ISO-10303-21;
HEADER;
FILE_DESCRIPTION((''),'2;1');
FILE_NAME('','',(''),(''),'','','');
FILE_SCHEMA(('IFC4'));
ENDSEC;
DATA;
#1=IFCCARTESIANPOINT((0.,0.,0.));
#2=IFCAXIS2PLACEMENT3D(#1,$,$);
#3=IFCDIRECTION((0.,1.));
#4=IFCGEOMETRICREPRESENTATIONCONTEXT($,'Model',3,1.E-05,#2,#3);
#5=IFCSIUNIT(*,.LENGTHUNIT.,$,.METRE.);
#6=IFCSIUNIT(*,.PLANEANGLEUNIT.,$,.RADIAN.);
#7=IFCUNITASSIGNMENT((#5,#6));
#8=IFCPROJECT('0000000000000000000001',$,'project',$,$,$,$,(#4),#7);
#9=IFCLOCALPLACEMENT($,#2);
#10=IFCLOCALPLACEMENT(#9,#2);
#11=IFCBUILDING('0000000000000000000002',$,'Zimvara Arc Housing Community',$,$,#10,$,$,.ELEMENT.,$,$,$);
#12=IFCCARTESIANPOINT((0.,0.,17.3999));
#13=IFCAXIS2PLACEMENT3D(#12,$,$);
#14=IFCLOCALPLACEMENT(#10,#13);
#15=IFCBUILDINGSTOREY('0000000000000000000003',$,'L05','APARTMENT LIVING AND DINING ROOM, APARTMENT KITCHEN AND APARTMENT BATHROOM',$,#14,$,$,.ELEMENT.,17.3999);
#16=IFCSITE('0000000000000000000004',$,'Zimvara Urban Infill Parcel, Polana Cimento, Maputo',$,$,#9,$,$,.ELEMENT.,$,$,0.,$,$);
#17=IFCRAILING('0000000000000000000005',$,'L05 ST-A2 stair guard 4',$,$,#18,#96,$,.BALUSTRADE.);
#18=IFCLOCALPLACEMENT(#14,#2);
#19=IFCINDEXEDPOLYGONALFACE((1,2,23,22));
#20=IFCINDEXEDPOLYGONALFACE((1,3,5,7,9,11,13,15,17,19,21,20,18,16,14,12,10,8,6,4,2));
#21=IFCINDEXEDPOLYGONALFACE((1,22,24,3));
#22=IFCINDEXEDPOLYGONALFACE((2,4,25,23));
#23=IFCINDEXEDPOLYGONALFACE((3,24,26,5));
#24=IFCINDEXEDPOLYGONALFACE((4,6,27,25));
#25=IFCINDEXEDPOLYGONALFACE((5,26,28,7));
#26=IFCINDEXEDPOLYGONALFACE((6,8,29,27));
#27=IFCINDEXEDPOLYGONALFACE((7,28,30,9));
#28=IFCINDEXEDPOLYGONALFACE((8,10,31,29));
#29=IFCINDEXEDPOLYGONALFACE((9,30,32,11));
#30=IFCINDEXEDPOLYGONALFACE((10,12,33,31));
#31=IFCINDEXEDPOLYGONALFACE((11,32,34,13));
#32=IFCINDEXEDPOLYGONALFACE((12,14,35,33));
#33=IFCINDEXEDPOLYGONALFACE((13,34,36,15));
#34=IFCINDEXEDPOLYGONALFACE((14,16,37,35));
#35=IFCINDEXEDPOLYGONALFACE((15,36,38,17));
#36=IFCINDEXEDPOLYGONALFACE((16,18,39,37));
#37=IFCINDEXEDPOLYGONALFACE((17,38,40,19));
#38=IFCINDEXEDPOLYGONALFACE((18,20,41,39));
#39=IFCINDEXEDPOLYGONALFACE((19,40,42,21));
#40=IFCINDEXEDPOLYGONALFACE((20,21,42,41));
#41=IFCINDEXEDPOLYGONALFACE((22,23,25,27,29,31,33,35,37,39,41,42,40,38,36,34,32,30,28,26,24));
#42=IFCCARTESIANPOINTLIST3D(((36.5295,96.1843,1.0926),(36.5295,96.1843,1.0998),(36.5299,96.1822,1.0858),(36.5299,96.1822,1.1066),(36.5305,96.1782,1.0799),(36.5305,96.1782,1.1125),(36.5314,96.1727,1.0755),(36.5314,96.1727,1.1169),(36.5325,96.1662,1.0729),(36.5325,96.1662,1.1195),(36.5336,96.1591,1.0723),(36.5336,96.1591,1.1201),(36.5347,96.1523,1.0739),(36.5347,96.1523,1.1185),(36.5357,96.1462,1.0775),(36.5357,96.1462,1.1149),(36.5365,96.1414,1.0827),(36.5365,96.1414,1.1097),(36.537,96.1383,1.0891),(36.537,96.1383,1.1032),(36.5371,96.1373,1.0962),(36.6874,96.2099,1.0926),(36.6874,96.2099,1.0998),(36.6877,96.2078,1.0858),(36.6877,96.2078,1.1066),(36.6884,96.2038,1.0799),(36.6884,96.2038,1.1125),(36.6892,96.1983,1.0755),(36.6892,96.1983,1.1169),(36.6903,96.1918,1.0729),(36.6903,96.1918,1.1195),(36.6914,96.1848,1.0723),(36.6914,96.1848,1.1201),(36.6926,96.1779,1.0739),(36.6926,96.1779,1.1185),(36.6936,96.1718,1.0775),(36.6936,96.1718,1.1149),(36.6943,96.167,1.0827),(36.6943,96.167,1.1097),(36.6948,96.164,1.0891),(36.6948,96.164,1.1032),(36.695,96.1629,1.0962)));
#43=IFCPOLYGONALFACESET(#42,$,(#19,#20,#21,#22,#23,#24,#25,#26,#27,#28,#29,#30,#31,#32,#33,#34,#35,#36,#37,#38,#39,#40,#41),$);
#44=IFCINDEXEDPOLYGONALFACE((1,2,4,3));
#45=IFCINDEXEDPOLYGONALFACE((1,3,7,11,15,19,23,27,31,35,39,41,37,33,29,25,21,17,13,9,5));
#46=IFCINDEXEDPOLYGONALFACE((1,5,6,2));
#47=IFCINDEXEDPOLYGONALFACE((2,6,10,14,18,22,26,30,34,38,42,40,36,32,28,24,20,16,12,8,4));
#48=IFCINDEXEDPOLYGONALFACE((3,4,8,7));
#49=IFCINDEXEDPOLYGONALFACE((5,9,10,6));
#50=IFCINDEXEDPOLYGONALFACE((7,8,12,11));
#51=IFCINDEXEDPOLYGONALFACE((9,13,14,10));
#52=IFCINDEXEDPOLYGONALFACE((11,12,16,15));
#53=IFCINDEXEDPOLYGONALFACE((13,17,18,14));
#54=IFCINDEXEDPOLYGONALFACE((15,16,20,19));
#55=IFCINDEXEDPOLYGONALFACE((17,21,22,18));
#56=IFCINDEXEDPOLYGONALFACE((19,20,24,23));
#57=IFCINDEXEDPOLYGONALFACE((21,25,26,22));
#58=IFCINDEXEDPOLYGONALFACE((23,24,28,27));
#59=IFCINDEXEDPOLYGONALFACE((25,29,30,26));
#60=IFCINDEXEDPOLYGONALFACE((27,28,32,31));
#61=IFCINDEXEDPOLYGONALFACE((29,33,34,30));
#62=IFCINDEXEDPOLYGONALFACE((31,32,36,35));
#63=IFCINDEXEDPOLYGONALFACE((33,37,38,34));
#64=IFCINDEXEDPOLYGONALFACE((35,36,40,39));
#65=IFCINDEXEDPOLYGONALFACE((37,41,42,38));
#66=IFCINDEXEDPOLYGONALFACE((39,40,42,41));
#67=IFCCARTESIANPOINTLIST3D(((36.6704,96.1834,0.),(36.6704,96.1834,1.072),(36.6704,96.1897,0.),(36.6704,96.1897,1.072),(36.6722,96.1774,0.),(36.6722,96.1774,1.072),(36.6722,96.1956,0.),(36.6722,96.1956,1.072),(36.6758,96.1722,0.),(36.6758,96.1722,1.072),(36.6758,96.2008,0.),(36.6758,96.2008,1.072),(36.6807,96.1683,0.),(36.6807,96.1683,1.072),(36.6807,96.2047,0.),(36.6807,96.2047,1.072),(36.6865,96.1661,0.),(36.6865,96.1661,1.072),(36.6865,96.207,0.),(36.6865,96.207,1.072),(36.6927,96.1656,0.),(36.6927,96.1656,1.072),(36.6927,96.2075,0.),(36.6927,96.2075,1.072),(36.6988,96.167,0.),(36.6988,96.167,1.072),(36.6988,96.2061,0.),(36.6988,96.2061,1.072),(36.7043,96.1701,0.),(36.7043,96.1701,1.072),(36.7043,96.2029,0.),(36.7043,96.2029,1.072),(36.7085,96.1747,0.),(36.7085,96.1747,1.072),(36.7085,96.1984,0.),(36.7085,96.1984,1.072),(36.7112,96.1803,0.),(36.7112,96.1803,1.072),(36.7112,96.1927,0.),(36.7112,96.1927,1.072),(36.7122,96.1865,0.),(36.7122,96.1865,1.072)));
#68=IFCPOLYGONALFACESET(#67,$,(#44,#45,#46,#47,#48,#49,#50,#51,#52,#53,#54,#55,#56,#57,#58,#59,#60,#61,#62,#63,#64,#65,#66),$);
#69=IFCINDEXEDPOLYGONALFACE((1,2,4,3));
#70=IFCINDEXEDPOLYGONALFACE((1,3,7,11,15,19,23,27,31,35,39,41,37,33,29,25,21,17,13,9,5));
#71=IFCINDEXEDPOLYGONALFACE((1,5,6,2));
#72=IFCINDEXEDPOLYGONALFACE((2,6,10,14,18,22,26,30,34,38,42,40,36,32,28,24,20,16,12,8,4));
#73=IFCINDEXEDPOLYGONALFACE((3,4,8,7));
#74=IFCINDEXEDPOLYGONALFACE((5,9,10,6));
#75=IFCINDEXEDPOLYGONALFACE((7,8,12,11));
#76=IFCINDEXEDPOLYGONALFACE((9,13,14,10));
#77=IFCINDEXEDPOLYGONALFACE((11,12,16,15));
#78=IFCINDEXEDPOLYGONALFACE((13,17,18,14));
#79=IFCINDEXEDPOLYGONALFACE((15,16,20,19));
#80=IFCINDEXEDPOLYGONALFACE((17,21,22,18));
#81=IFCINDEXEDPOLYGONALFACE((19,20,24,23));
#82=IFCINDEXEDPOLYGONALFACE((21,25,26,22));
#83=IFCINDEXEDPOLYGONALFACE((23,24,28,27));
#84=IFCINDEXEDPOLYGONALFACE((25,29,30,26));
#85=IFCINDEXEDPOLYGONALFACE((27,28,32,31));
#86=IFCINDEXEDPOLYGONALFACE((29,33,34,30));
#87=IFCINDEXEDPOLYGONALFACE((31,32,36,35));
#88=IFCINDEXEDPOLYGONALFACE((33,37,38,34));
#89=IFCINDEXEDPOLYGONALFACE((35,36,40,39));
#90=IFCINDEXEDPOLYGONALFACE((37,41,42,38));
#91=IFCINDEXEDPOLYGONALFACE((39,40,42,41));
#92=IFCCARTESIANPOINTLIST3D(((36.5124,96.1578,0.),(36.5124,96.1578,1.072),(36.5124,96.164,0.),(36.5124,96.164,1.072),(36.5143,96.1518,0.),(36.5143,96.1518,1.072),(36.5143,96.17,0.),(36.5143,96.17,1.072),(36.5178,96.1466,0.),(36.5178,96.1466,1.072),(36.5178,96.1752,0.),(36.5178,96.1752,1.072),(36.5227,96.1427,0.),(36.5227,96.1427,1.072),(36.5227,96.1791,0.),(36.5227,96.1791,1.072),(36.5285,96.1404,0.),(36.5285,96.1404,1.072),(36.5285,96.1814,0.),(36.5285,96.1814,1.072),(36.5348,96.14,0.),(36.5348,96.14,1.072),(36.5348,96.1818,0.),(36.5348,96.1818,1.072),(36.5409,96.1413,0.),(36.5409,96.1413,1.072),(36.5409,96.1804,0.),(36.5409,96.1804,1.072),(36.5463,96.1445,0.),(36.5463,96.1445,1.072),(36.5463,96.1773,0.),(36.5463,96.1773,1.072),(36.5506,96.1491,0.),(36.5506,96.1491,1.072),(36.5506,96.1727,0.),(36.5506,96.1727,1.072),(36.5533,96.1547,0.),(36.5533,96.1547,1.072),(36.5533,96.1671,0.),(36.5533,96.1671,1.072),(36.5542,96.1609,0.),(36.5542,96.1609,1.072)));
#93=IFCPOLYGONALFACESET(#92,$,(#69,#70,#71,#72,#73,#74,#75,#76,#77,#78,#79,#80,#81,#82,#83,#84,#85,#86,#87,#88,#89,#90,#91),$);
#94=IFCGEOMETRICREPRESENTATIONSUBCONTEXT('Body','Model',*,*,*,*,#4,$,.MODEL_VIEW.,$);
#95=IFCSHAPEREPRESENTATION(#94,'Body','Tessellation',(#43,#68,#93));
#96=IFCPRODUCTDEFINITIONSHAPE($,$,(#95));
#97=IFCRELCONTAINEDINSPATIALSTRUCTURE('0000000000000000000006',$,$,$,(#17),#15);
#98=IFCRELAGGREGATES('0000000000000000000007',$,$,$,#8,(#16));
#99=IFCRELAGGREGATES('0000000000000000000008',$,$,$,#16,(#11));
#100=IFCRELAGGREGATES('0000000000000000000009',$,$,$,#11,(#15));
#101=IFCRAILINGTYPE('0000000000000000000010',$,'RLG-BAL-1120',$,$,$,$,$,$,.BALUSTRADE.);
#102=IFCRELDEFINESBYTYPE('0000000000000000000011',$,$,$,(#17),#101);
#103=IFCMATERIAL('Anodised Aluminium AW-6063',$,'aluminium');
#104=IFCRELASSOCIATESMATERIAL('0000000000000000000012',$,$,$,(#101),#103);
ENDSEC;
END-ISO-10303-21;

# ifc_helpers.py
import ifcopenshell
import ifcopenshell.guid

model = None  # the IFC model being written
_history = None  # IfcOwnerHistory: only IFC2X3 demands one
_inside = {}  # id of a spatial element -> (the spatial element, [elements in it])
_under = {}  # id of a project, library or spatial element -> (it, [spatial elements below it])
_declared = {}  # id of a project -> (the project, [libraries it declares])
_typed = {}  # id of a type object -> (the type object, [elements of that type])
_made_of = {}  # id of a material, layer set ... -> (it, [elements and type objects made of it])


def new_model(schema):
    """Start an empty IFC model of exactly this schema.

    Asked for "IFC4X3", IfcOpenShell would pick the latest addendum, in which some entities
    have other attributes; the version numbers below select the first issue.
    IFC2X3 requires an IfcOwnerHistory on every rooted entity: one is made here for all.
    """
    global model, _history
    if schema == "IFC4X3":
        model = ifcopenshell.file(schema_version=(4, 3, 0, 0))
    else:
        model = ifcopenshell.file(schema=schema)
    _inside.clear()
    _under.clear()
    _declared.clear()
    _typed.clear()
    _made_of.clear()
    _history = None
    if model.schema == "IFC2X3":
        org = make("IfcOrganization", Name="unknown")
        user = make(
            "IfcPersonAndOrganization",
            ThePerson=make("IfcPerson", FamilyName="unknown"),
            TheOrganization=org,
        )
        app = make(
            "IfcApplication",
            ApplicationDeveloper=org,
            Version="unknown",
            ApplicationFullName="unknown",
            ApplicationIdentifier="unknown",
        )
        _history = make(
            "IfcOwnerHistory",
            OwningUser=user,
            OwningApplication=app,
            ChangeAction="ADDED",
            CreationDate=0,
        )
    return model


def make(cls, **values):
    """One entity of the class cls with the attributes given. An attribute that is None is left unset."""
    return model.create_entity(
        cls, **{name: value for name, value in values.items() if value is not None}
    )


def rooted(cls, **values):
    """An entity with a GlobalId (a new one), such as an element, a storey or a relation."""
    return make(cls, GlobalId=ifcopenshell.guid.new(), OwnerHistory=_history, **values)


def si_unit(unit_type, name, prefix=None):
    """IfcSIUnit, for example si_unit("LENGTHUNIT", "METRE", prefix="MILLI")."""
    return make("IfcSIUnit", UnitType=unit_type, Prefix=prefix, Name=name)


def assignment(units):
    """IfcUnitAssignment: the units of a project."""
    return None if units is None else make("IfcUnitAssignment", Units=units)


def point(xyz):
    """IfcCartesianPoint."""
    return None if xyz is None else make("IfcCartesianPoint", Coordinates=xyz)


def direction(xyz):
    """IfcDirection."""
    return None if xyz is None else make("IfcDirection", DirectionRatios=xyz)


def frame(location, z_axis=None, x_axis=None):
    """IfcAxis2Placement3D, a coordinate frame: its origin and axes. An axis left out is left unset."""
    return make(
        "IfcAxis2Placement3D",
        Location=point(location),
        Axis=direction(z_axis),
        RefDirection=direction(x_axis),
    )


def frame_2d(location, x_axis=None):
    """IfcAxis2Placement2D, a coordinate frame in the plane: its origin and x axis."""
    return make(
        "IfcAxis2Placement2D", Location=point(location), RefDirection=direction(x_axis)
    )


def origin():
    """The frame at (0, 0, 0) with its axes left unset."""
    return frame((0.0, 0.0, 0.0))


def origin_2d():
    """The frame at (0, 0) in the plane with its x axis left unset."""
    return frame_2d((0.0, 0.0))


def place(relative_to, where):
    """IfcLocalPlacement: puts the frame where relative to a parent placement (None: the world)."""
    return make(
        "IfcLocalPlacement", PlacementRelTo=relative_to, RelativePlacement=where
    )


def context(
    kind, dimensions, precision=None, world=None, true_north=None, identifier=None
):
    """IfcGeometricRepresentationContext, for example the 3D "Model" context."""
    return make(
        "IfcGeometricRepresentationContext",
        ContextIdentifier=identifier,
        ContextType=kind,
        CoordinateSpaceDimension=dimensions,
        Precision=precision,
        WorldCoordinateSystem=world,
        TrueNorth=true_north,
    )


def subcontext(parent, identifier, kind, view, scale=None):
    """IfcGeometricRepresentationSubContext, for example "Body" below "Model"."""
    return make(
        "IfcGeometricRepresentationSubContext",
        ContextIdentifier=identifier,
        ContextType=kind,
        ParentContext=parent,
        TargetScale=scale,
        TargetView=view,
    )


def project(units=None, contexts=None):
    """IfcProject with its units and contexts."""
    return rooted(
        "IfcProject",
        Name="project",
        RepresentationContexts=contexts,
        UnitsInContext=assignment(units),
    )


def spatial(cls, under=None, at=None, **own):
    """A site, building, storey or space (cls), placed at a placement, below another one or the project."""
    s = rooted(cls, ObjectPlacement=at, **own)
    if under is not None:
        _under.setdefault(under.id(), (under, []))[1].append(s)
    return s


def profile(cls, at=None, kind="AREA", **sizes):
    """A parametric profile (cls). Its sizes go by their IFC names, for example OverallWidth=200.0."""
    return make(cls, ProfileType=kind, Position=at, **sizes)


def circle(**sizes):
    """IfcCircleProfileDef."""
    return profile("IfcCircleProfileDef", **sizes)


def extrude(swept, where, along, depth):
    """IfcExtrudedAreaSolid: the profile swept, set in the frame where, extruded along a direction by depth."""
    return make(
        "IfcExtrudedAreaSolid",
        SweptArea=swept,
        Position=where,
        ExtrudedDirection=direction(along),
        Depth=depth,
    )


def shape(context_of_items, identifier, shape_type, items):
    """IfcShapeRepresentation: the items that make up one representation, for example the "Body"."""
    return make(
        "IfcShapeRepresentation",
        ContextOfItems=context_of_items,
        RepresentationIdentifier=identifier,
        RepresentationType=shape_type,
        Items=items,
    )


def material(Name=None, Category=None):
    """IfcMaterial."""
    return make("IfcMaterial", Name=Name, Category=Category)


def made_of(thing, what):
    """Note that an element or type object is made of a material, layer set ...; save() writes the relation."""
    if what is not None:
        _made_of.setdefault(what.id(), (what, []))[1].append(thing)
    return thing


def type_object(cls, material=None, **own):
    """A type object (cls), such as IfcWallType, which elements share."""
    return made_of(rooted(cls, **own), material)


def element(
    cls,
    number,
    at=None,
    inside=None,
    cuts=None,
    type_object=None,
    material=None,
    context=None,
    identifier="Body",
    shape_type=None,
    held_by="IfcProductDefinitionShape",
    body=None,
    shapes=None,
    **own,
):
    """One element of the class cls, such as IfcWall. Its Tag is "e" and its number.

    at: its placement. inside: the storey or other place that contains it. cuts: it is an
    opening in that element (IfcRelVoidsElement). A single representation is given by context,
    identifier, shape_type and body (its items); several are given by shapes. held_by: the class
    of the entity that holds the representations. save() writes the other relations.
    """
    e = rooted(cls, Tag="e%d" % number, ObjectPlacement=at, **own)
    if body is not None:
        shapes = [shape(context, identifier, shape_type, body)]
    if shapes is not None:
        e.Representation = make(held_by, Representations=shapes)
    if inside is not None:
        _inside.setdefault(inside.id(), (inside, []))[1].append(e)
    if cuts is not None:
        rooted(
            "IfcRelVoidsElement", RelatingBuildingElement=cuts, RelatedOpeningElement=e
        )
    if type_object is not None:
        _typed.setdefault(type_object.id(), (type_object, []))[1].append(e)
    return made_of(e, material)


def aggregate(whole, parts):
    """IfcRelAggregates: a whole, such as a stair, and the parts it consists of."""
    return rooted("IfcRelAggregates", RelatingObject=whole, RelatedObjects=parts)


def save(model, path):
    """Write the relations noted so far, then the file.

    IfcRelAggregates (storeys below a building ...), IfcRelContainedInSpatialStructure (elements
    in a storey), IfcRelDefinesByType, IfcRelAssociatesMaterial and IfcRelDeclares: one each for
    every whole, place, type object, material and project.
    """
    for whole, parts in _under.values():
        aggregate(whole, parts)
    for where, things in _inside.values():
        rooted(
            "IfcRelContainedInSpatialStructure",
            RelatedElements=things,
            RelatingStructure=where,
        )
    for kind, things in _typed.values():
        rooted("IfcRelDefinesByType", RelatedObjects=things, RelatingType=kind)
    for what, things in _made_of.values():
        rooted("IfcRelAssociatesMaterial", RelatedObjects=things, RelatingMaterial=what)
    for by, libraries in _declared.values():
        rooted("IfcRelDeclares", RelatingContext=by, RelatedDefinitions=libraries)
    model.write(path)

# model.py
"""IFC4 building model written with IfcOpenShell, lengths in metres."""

from ifc_helpers import new_model, si_unit, direction, frame, origin, origin_2d, place, context, subcontext, project, spatial, circle, extrude, material, type_object, element, save


model = new_model("IFC4")

# Units and contexts
model_context = context("Model", 3, precision=1e-05, world=origin(), true_north=direction((0.0, 1.0)))
body_context = subcontext(model_context, "Body", "Model", "MODEL_VIEW")
ifc_project = project(units=[si_unit("LENGTHUNIT", "METRE"), si_unit("PLANEANGLEUNIT", "RADIAN")], contexts=[model_context])

# Site, building, storey
site_placement = place(None, origin())
site = spatial("IfcSite", under=ifc_project, at=site_placement, Name="Zimvara Urban Infill Parcel, Polana Cimento, Maputo", CompositionType="ELEMENT", RefElevation=0.0)
building_placement = place(site_placement, origin())
building = spatial("IfcBuilding", under=site, at=building_placement, Name="Zimvara Arc Housing Community", CompositionType="ELEMENT")
storey_placement = place(building_placement, frame((0.0, 0.0, 17.3999)))
storey = spatial("IfcBuildingStorey", under=building, at=storey_placement, Name="L05", Description="APARTMENT LIVING AND DINING ROOM, APARTMENT KITCHEN AND APARTMENT BATHROOM", CompositionType="ELEMENT", Elevation=17.3999)

# Railing
ifc_material_1 = material(Name="Anodised Aluminium AW-6063", Category="aluminium")
railing_type_1 = type_object("IfcRailingType", Name="RLG-BAL-1120", PredefinedType="BALUSTRADE", material=ifc_material_1)
railing_1_placement = place(storey_placement, frame((36.6912, 96.1865, 0.0)))
element("IfcRailing", 1, at=railing_1_placement, inside=storey, type_object=railing_type_1, Name="L05 ST-A2 stair guard 4", PredefinedType="BALUSTRADE", context=body_context, shape_type="SweptSolid", body=[
    extrude(circle(Radius=0.0239, at=origin_2d()), frame((0.0, 0.0, 1.0962), z_axis=(-0.987086, -0.160192, 0.0), x_axis=(0.160192, -0.987086, 0.0)), (0.0, 0.0, 1.0), 0.1599),
    extrude(circle(Radius=0.021, at=origin_2d()), origin(), (0.0, 0.0, 1.0), 1.072),
    extrude(circle(Radius=0.021, at=origin_2d()), frame((-0.158, -0.0256, 0.0)), (0.0, 0.0, 1.0), 1.072),
])

save(model, "model.ifc")
